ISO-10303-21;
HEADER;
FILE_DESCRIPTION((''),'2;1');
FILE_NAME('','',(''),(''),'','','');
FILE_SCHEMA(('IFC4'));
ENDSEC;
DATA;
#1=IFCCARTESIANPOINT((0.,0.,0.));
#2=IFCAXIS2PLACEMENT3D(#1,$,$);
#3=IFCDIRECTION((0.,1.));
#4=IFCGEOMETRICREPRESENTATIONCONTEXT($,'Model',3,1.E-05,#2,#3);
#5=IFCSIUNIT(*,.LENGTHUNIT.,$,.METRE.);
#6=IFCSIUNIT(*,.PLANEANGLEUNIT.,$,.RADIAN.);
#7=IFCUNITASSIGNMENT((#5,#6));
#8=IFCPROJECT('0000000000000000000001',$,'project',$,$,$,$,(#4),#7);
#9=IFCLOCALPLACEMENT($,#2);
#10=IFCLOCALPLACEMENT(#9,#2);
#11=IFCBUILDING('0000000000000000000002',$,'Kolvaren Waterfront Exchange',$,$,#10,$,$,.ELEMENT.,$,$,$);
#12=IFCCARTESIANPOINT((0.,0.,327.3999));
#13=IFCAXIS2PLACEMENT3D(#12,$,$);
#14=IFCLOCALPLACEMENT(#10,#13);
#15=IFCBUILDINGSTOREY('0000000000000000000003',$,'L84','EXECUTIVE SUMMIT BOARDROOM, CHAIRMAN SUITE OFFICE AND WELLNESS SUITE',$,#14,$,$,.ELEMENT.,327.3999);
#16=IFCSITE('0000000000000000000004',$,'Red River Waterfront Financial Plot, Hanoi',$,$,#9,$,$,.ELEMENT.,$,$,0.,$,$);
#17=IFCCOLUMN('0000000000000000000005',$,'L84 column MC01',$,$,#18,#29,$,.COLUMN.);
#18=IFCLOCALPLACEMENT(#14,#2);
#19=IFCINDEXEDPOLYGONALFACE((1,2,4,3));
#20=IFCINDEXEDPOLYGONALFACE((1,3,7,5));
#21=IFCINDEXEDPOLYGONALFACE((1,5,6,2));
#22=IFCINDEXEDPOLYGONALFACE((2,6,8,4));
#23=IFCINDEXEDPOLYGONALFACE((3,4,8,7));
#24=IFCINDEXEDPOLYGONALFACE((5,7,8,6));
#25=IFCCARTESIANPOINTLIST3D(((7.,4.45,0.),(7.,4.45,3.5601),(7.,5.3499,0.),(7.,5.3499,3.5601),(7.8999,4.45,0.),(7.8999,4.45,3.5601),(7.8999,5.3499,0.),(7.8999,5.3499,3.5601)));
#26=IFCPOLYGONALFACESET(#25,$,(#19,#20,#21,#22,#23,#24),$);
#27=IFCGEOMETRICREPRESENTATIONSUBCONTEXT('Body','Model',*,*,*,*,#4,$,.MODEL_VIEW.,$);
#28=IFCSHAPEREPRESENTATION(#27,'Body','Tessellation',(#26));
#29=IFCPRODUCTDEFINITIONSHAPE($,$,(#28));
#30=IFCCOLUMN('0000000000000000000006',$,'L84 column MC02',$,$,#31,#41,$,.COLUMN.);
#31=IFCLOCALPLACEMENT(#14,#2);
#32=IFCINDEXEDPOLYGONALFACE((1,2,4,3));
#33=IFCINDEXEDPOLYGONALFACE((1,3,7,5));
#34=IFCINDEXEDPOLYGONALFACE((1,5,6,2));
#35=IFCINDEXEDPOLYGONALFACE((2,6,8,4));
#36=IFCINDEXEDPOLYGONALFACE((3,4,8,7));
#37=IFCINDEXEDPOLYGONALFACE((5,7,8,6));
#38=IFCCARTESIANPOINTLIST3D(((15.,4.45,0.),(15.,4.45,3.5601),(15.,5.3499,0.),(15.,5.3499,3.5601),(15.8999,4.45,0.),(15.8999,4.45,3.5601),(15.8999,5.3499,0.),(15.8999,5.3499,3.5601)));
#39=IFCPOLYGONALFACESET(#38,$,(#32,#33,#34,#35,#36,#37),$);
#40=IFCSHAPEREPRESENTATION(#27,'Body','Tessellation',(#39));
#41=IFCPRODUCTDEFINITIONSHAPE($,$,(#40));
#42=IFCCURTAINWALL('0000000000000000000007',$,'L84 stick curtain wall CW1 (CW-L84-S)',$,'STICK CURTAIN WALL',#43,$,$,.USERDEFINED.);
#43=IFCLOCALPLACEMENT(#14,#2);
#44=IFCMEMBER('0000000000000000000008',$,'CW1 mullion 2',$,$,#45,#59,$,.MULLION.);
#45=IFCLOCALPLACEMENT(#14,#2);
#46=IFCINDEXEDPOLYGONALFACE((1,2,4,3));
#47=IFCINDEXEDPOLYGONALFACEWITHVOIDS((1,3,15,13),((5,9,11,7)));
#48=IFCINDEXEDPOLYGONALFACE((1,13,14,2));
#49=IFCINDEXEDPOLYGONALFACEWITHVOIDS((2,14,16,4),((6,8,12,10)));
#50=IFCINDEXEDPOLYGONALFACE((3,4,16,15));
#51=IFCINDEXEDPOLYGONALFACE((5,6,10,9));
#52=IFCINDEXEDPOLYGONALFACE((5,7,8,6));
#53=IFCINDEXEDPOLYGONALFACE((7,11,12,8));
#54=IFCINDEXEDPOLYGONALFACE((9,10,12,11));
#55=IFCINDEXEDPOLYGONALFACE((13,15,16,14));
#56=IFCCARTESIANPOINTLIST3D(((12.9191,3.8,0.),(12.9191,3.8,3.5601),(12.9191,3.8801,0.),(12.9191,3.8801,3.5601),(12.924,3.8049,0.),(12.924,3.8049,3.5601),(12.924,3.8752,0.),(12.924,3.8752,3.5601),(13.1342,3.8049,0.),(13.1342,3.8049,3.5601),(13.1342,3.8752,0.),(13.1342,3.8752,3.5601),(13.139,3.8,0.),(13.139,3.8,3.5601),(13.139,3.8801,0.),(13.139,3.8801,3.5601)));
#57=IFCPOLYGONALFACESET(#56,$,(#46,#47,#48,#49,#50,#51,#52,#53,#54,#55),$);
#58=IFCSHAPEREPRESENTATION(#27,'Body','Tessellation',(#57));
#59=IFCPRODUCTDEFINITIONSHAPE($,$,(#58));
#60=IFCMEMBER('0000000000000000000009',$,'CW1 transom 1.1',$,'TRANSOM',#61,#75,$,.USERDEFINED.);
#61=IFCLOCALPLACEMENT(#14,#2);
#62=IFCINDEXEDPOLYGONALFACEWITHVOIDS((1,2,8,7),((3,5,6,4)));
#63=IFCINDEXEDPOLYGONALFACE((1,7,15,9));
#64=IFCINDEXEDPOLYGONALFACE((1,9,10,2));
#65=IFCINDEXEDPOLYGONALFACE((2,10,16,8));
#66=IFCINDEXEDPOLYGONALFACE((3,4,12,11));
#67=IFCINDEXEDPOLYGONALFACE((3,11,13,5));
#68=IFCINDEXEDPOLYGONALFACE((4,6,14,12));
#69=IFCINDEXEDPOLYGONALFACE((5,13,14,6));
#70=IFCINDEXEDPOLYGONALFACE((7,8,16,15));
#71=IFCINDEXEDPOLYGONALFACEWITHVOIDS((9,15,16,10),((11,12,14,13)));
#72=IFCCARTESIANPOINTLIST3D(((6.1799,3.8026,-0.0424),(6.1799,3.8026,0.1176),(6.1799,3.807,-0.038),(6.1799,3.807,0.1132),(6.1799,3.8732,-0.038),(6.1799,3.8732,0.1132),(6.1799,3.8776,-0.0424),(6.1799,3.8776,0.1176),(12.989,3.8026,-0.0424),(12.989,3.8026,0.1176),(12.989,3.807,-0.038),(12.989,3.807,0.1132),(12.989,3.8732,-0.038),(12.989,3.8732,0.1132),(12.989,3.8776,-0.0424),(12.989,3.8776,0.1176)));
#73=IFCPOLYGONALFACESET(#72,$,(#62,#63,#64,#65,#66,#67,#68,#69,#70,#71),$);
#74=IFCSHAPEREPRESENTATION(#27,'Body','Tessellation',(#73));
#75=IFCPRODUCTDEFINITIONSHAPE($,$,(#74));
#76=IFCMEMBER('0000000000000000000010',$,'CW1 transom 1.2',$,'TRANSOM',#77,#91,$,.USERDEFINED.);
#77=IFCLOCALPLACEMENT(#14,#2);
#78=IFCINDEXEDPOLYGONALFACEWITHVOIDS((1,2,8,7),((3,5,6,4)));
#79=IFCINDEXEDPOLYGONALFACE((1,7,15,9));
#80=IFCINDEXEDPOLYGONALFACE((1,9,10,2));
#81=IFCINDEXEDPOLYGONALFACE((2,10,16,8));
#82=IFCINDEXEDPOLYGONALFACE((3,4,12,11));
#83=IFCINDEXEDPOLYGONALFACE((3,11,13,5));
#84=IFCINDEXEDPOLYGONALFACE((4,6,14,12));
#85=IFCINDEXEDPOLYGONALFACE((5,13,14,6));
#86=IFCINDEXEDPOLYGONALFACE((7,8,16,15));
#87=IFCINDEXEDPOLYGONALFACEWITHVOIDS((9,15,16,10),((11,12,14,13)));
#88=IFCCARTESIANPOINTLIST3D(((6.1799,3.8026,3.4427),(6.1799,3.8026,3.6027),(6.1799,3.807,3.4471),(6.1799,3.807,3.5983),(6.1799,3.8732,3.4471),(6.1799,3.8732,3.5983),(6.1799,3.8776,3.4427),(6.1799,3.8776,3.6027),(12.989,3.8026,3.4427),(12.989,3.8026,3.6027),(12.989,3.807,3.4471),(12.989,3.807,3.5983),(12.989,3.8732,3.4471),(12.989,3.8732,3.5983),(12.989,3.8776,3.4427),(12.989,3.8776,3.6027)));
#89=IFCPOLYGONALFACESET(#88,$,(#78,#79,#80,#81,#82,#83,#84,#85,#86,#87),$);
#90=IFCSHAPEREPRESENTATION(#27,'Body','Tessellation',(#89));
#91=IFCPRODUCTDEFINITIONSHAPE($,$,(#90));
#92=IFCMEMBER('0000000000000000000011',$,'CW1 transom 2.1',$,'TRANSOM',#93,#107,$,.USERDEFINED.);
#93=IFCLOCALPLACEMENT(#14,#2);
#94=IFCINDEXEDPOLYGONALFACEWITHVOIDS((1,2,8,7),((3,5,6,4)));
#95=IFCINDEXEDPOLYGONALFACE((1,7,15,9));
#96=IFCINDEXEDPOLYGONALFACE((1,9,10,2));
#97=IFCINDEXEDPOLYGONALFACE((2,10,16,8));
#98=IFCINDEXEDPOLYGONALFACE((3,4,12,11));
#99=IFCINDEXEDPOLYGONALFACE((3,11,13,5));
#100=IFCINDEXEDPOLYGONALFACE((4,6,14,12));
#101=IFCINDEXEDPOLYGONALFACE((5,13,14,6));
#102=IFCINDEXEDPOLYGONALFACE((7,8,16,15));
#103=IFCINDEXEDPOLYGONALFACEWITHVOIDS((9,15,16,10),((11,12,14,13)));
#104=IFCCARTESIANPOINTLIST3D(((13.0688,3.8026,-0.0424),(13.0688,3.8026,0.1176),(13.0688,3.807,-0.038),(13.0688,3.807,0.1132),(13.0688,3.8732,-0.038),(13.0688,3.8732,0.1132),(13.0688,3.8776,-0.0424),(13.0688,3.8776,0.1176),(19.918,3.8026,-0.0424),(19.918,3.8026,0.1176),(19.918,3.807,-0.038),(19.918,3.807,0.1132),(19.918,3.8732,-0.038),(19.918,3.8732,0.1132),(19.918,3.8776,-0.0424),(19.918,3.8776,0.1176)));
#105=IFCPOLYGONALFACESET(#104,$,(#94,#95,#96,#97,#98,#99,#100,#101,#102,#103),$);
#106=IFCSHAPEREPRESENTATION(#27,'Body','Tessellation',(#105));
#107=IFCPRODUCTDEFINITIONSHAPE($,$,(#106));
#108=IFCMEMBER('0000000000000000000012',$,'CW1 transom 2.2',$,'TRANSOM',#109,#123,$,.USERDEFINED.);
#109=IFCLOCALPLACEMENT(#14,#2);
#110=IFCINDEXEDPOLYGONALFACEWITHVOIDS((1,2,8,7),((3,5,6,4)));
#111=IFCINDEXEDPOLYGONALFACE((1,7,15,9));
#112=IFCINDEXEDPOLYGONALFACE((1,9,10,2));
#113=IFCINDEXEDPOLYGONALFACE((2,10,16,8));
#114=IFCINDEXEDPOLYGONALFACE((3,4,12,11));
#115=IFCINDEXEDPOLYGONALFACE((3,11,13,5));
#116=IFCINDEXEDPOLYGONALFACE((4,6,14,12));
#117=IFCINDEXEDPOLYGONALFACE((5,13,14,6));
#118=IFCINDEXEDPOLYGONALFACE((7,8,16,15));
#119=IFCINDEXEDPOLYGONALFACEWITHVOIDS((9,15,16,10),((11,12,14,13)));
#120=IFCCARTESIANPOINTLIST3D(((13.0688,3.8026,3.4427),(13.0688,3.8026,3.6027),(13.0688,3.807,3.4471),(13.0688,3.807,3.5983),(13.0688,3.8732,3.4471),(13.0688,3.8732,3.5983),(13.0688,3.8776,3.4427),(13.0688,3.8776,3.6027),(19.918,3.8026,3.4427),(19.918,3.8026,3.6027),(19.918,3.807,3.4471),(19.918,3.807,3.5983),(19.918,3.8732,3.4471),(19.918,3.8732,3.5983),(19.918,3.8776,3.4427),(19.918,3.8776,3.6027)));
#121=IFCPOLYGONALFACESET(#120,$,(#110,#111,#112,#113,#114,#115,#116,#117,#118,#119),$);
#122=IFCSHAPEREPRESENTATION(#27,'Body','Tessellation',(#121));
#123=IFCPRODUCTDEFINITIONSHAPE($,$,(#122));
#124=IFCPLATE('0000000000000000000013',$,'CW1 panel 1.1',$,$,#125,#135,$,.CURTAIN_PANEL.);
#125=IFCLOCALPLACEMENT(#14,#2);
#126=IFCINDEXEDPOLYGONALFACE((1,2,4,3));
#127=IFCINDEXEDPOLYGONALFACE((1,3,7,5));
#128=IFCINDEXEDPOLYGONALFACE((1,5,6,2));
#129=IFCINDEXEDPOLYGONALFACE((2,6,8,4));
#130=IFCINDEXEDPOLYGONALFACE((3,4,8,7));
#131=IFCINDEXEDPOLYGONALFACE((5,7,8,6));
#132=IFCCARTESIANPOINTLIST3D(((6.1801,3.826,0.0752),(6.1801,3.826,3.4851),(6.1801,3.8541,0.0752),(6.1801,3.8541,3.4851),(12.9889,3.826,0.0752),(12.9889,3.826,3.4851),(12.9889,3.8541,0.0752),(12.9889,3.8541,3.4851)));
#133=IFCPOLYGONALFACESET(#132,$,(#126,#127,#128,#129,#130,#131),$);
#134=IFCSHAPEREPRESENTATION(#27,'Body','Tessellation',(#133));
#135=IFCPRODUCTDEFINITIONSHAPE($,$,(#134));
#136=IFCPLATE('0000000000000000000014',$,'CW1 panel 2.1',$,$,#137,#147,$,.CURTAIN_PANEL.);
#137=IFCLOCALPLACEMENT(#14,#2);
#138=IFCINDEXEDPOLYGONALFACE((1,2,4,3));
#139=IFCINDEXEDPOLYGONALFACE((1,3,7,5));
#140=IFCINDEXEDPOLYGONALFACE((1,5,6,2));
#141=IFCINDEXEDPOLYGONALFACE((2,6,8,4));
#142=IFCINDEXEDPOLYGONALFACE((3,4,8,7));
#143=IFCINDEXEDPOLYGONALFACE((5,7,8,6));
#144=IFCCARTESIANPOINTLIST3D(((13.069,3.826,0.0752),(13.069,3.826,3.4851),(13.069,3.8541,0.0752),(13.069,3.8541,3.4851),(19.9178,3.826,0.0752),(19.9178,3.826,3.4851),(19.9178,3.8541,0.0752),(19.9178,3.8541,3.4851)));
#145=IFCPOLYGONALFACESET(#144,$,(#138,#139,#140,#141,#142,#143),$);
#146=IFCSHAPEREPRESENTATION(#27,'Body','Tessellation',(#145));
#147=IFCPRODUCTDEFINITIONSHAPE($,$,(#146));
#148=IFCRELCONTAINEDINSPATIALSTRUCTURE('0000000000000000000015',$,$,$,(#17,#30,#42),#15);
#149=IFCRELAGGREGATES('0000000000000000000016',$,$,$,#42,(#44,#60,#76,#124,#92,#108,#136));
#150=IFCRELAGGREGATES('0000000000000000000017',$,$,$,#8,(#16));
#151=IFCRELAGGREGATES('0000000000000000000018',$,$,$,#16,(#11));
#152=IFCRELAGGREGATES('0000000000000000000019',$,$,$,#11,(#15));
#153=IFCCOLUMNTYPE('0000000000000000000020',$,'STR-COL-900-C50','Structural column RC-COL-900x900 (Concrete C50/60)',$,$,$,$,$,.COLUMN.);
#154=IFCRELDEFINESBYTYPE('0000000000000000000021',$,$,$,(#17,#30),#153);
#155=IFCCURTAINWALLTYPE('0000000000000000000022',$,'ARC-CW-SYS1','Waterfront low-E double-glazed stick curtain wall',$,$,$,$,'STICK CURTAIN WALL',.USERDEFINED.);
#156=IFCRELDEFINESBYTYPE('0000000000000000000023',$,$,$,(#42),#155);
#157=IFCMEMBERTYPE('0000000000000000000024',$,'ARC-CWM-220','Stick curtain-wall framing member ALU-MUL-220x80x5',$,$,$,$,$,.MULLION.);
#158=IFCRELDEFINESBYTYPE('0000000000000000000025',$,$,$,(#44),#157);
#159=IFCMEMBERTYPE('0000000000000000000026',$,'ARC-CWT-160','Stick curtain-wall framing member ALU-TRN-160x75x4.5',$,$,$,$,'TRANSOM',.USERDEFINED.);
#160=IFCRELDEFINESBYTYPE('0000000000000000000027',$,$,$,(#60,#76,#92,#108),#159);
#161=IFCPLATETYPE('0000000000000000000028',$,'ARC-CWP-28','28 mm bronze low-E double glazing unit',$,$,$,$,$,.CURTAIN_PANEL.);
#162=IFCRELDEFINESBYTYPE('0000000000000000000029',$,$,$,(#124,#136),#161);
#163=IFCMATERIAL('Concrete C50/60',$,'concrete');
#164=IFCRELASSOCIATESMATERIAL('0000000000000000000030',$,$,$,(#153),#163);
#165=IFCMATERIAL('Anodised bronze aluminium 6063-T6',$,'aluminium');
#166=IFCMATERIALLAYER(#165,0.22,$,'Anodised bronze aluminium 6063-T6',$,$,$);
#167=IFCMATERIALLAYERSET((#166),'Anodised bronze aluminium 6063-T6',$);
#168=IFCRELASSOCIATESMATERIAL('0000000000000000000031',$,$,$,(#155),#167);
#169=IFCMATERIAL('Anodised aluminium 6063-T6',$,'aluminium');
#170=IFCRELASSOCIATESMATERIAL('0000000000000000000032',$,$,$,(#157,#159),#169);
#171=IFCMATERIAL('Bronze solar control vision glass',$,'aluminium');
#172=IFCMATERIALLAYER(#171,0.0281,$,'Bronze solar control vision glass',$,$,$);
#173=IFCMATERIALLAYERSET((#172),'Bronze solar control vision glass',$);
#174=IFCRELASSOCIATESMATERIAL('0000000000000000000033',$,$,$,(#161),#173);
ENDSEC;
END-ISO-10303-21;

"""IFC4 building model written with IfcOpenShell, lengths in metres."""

from ifc_helpers import new_model, si_unit, direction, frame, origin, origin_with_axes, origin_2d, place, context, subcontext, project, spatial, rectangle, hollow_rectangle, extrude, source, transform, mapped, material, layer, layer_set, material_profile, profile_set, type_object, element, aggregate, save


model = new_model("IFC4")

# Units and contexts
model_context = context("Model", 3, precision=1e-05, world=origin(), true_north=direction((0.0, 1.0)))
body_context = subcontext(model_context, "Body", "Model", "MODEL_VIEW")
ifc_project = project(units=[si_unit("LENGTHUNIT", "METRE"), si_unit("PLANEANGLEUNIT", "RADIAN")], contexts=[model_context])

# Site, building, storey
site_placement = place(None, origin())
site = spatial("IfcSite", under=ifc_project, at=site_placement, Name="Red River Waterfront Financial Plot, Hanoi", CompositionType="ELEMENT", RefElevation=0.0)
building_placement = place(site_placement, origin())
building = spatial("IfcBuilding", under=site, at=building_placement, Name="Kolvaren Waterfront Exchange", CompositionType="ELEMENT")
storey_placement = place(building_placement, frame((0.0, 0.0, 327.3999)))
storey = spatial("IfcBuildingStorey", under=building, at=storey_placement, Name="L84", Description="EXECUTIVE SUMMIT BOARDROOM, CHAIRMAN SUITE OFFICE AND WELLNESS SUITE", CompositionType="ELEMENT", Elevation=327.3999)

# Columns
ifc_material_1 = material(Name="Concrete C50/60", Category="concrete")
ifc_material_profile_1 = material_profile(ifc_material_1, rectangle(XDim=0.8999, YDim=0.8999, at=origin_2d()), Name="RC-COL-900x900")
ifc_profile_set_1 = profile_set([ifc_material_profile_1], Name="Concrete C50/60")
column_type = type_object("IfcColumnType", Name="STR-COL-900-C50", Description="Structural column RC-COL-900x900 (Concrete C50/60)", PredefinedType="COLUMN", material=ifc_profile_set_1)
for number, where, z_axis, x_axis, name in (
    (1, (7.45, 4.8999, 0.0), (0.0, 0.0, 1.0), (1.0, 0.0, 0.0), "L84 column MC01"),
    (2, (15.45, 4.8999, 0.0), (0.0, 0.0, 1.0), (1.0, 0.0, 0.0), "L84 column MC02"),
):
    element("IfcColumn", number, at=place(storey_placement, frame(where, z_axis=z_axis, x_axis=x_axis)), inside=storey, type_object=column_type, Name=name, PredefinedType="COLUMN", context=body_context, shape_type="SweptSolid", body=[
        extrude(rectangle(XDim=0.8999, YDim=0.8999, at=origin_2d()), origin(), (0.0, 0.0, 1.0), 3.5601),
    ])

# Curtain wall, members, plates
ifc_material_2 = material(Name="Anodised bronze aluminium 6063-T6", Category="aluminium")
ifc_layer_1 = layer(ifc_material_2, 0.22, Name="Anodised bronze aluminium 6063-T6")
ifc_layer_set_1 = layer_set([ifc_layer_1], Name="Anodised bronze aluminium 6063-T6")
curtain_wall_type = type_object("IfcCurtainWallType", Name="ARC-CW-SYS1", Description="Waterfront low-E double-glazed stick curtain wall", ElementType="STICK CURTAIN WALL", PredefinedType="USERDEFINED", material=ifc_layer_set_1)
curtain_wall_placement = place(storey_placement, origin())
curtain_wall = element("IfcCurtainWall", 3, at=curtain_wall_placement, inside=storey, type_object=curtain_wall_type, Name="L84 stick curtain wall CW1 (CW-L84-S)", ObjectType="STICK CURTAIN WALL", PredefinedType="USERDEFINED")
ifc_material_3 = material(Name="Anodised aluminium 6063-T6", Category="aluminium")
ifc_material_profile_2 = material_profile(ifc_material_3, hollow_rectangle(XDim=0.0801, YDim=0.22, WallThickness=0.0049, at=origin_2d()), Name="ALU-MUL-220x80x5")
ifc_profile_set_2 = profile_set([ifc_material_profile_2], Name="Anodised aluminium 6063-T6")
member_type_1 = type_object("IfcMemberType", Name="ARC-CWM-220", Description="Stick curtain-wall framing member ALU-MUL-220x80x5", PredefinedType="MULLION", material=ifc_profile_set_2)
shared_shape_1 = source(origin_with_axes(), body_context, "Body", "SweptSolid", [
    extrude(hollow_rectangle(XDim=0.0801, YDim=0.22, WallThickness=0.0049, at=origin_2d()), origin(), (0.0, 0.0, 1.0), 3.5601),
])
member_1_placement = place(storey_placement, frame((13.0291, 3.8401, 0.0), z_axis=(0.0, 0.0, 1.0), x_axis=(0.0, 1.0, 0.0)))
member_1 = element("IfcMember", 4, at=member_1_placement, type_object=member_type_1, Name="CW1 mullion 2", PredefinedType="MULLION", context=body_context, shape_type="MappedRepresentation", body=[
    mapped(shared_shape_1, transform((0.0, 0.0, 0.0), x_axis=(1.0, 0.0, 0.0), y_axis=(0.0, 1.0, 0.0), z_axis=(0.0, 0.0, 1.0), scale=1.0)),
])
ifc_material_profile_3 = material_profile(ifc_material_3, hollow_rectangle(XDim=0.075, YDim=0.1599, WallThickness=0.0044, at=origin_2d()), Name="ALU-TRN-160x75x4.5")
ifc_profile_set_3 = profile_set([ifc_material_profile_3], Name="Anodised aluminium 6063-T6")
member_type_2 = type_object("IfcMemberType", Name="ARC-CWT-160", Description="Stick curtain-wall framing member ALU-TRN-160x75x4.5", ElementType="TRANSOM", PredefinedType="USERDEFINED", material=ifc_profile_set_3)
shared_shape_2 = source(origin_with_axes(), body_context, "Body", "SweptSolid", [
    extrude(hollow_rectangle(XDim=0.075, YDim=0.1599, WallThickness=0.0044, at=origin_2d()), origin(), (0.0, 0.0, 1.0), 6.8091),
])
member_2_placement = place(storey_placement, frame((6.1799, 3.8401, 0.0376), z_axis=(1.0, 0.0, 0.0), x_axis=(0.0, 1.0, 0.0)))
member_2 = element("IfcMember", 5, at=member_2_placement, type_object=member_type_2, Name="CW1 transom 1.1", ObjectType="TRANSOM", PredefinedType="USERDEFINED", context=body_context, shape_type="MappedRepresentation", body=[
    mapped(shared_shape_2, transform((0.0, 0.0, 0.0), x_axis=(1.0, 0.0, 0.0), y_axis=(0.0, 1.0, 0.0), z_axis=(0.0, 0.0, 1.0), scale=1.0)),
])
member_3_placement = place(storey_placement, frame((6.1799, 3.8401, 3.5227), z_axis=(1.0, 0.0, 0.0), x_axis=(0.0, 1.0, 0.0)))
member_3 = element("IfcMember", 6, at=member_3_placement, type_object=member_type_2, Name="CW1 transom 1.2", ObjectType="TRANSOM", PredefinedType="USERDEFINED", context=body_context, shape_type="MappedRepresentation", body=[
    mapped(shared_shape_2, transform((0.0, 0.0, 0.0), x_axis=(1.0, 0.0, 0.0), y_axis=(0.0, 1.0, 0.0), z_axis=(0.0, 0.0, 1.0), scale=1.0)),
])
shared_shape_3 = source(origin_with_axes(), body_context, "Body", "SweptSolid", [
    extrude(hollow_rectangle(XDim=0.075, YDim=0.1599, WallThickness=0.0044, at=origin_2d()), origin(), (0.0, 0.0, 1.0), 6.8491),
])
member_4_placement = place(storey_placement, frame((13.0688, 3.8401, 0.0376), z_axis=(1.0, 0.0, 0.0), x_axis=(0.0, 1.0, 0.0)))
member_4 = element("IfcMember", 7, at=member_4_placement, type_object=member_type_2, Name="CW1 transom 2.1", ObjectType="TRANSOM", PredefinedType="USERDEFINED", context=body_context, shape_type="MappedRepresentation", body=[
    mapped(shared_shape_3, transform((0.0, 0.0, 0.0), x_axis=(1.0, 0.0, 0.0), y_axis=(0.0, 1.0, 0.0), z_axis=(0.0, 0.0, 1.0), scale=1.0)),
])
member_5_placement = place(storey_placement, frame((13.0688, 3.8401, 3.5227), z_axis=(1.0, 0.0, 0.0), x_axis=(0.0, 1.0, 0.0)))
member_5 = element("IfcMember", 8, at=member_5_placement, type_object=member_type_2, Name="CW1 transom 2.2", ObjectType="TRANSOM", PredefinedType="USERDEFINED", context=body_context, shape_type="MappedRepresentation", body=[
    mapped(shared_shape_3, transform((0.0, 0.0, 0.0), x_axis=(1.0, 0.0, 0.0), y_axis=(0.0, 1.0, 0.0), z_axis=(0.0, 0.0, 1.0), scale=1.0)),
])
ifc_material_4 = material(Name="Bronze solar control vision glass", Category="aluminium")
ifc_layer_2 = layer(ifc_material_4, 0.0281, Name="Bronze solar control vision glass")
ifc_layer_set_2 = layer_set([ifc_layer_2], Name="Bronze solar control vision glass")
plate_type = type_object("IfcPlateType", Name="ARC-CWP-28", Description="28 mm bronze low-E double glazing unit", PredefinedType="CURTAIN_PANEL", material=ifc_layer_set_2)
shared_shape_4 = source(origin_with_axes(), body_context, "Body", "SweptSolid", [
    extrude(rectangle(XDim=6.8088, YDim=0.0281, at=origin_2d()), origin(), (0.0, 0.0, 1.0), 3.4099),
])
plate_1_placement = place(storey_placement, frame((9.5845, 3.8401, 0.0752), z_axis=(0.0, 0.0, 1.0), x_axis=(1.0, 0.0, 0.0)))
plate_1 = element("IfcPlate", 9, at=plate_1_placement, type_object=plate_type, Name="CW1 panel 1.1", PredefinedType="CURTAIN_PANEL", context=body_context, shape_type="MappedRepresentation", body=[
    mapped(shared_shape_4, transform((0.0, 0.0, 0.0), x_axis=(1.0, 0.0, 0.0), y_axis=(0.0, 1.0, 0.0), z_axis=(0.0, 0.0, 1.0), scale=1.0)),
])
shared_shape_5 = source(origin_with_axes(), body_context, "Body", "SweptSolid", [
    extrude(rectangle(XDim=6.8489, YDim=0.0281, at=origin_2d()), origin(), (0.0, 0.0, 1.0), 3.4099),
])
plate_2_placement = place(storey_placement, frame((16.4934, 3.8401, 0.0752), z_axis=(0.0, 0.0, 1.0), x_axis=(1.0, 0.0, 0.0)))
plate_2 = element("IfcPlate", 10, at=plate_2_placement, type_object=plate_type, Name="CW1 panel 2.1", PredefinedType="CURTAIN_PANEL", context=body_context, shape_type="MappedRepresentation", body=[
    mapped(shared_shape_5, transform((0.0, 0.0, 0.0), x_axis=(1.0, 0.0, 0.0), y_axis=(0.0, 1.0, 0.0), z_axis=(0.0, 0.0, 1.0), scale=1.0)),
])
aggregate(curtain_wall, [member_1, member_2, member_3, plate_1, member_4, member_5, plate_2])

save(model, "model.ifc")
